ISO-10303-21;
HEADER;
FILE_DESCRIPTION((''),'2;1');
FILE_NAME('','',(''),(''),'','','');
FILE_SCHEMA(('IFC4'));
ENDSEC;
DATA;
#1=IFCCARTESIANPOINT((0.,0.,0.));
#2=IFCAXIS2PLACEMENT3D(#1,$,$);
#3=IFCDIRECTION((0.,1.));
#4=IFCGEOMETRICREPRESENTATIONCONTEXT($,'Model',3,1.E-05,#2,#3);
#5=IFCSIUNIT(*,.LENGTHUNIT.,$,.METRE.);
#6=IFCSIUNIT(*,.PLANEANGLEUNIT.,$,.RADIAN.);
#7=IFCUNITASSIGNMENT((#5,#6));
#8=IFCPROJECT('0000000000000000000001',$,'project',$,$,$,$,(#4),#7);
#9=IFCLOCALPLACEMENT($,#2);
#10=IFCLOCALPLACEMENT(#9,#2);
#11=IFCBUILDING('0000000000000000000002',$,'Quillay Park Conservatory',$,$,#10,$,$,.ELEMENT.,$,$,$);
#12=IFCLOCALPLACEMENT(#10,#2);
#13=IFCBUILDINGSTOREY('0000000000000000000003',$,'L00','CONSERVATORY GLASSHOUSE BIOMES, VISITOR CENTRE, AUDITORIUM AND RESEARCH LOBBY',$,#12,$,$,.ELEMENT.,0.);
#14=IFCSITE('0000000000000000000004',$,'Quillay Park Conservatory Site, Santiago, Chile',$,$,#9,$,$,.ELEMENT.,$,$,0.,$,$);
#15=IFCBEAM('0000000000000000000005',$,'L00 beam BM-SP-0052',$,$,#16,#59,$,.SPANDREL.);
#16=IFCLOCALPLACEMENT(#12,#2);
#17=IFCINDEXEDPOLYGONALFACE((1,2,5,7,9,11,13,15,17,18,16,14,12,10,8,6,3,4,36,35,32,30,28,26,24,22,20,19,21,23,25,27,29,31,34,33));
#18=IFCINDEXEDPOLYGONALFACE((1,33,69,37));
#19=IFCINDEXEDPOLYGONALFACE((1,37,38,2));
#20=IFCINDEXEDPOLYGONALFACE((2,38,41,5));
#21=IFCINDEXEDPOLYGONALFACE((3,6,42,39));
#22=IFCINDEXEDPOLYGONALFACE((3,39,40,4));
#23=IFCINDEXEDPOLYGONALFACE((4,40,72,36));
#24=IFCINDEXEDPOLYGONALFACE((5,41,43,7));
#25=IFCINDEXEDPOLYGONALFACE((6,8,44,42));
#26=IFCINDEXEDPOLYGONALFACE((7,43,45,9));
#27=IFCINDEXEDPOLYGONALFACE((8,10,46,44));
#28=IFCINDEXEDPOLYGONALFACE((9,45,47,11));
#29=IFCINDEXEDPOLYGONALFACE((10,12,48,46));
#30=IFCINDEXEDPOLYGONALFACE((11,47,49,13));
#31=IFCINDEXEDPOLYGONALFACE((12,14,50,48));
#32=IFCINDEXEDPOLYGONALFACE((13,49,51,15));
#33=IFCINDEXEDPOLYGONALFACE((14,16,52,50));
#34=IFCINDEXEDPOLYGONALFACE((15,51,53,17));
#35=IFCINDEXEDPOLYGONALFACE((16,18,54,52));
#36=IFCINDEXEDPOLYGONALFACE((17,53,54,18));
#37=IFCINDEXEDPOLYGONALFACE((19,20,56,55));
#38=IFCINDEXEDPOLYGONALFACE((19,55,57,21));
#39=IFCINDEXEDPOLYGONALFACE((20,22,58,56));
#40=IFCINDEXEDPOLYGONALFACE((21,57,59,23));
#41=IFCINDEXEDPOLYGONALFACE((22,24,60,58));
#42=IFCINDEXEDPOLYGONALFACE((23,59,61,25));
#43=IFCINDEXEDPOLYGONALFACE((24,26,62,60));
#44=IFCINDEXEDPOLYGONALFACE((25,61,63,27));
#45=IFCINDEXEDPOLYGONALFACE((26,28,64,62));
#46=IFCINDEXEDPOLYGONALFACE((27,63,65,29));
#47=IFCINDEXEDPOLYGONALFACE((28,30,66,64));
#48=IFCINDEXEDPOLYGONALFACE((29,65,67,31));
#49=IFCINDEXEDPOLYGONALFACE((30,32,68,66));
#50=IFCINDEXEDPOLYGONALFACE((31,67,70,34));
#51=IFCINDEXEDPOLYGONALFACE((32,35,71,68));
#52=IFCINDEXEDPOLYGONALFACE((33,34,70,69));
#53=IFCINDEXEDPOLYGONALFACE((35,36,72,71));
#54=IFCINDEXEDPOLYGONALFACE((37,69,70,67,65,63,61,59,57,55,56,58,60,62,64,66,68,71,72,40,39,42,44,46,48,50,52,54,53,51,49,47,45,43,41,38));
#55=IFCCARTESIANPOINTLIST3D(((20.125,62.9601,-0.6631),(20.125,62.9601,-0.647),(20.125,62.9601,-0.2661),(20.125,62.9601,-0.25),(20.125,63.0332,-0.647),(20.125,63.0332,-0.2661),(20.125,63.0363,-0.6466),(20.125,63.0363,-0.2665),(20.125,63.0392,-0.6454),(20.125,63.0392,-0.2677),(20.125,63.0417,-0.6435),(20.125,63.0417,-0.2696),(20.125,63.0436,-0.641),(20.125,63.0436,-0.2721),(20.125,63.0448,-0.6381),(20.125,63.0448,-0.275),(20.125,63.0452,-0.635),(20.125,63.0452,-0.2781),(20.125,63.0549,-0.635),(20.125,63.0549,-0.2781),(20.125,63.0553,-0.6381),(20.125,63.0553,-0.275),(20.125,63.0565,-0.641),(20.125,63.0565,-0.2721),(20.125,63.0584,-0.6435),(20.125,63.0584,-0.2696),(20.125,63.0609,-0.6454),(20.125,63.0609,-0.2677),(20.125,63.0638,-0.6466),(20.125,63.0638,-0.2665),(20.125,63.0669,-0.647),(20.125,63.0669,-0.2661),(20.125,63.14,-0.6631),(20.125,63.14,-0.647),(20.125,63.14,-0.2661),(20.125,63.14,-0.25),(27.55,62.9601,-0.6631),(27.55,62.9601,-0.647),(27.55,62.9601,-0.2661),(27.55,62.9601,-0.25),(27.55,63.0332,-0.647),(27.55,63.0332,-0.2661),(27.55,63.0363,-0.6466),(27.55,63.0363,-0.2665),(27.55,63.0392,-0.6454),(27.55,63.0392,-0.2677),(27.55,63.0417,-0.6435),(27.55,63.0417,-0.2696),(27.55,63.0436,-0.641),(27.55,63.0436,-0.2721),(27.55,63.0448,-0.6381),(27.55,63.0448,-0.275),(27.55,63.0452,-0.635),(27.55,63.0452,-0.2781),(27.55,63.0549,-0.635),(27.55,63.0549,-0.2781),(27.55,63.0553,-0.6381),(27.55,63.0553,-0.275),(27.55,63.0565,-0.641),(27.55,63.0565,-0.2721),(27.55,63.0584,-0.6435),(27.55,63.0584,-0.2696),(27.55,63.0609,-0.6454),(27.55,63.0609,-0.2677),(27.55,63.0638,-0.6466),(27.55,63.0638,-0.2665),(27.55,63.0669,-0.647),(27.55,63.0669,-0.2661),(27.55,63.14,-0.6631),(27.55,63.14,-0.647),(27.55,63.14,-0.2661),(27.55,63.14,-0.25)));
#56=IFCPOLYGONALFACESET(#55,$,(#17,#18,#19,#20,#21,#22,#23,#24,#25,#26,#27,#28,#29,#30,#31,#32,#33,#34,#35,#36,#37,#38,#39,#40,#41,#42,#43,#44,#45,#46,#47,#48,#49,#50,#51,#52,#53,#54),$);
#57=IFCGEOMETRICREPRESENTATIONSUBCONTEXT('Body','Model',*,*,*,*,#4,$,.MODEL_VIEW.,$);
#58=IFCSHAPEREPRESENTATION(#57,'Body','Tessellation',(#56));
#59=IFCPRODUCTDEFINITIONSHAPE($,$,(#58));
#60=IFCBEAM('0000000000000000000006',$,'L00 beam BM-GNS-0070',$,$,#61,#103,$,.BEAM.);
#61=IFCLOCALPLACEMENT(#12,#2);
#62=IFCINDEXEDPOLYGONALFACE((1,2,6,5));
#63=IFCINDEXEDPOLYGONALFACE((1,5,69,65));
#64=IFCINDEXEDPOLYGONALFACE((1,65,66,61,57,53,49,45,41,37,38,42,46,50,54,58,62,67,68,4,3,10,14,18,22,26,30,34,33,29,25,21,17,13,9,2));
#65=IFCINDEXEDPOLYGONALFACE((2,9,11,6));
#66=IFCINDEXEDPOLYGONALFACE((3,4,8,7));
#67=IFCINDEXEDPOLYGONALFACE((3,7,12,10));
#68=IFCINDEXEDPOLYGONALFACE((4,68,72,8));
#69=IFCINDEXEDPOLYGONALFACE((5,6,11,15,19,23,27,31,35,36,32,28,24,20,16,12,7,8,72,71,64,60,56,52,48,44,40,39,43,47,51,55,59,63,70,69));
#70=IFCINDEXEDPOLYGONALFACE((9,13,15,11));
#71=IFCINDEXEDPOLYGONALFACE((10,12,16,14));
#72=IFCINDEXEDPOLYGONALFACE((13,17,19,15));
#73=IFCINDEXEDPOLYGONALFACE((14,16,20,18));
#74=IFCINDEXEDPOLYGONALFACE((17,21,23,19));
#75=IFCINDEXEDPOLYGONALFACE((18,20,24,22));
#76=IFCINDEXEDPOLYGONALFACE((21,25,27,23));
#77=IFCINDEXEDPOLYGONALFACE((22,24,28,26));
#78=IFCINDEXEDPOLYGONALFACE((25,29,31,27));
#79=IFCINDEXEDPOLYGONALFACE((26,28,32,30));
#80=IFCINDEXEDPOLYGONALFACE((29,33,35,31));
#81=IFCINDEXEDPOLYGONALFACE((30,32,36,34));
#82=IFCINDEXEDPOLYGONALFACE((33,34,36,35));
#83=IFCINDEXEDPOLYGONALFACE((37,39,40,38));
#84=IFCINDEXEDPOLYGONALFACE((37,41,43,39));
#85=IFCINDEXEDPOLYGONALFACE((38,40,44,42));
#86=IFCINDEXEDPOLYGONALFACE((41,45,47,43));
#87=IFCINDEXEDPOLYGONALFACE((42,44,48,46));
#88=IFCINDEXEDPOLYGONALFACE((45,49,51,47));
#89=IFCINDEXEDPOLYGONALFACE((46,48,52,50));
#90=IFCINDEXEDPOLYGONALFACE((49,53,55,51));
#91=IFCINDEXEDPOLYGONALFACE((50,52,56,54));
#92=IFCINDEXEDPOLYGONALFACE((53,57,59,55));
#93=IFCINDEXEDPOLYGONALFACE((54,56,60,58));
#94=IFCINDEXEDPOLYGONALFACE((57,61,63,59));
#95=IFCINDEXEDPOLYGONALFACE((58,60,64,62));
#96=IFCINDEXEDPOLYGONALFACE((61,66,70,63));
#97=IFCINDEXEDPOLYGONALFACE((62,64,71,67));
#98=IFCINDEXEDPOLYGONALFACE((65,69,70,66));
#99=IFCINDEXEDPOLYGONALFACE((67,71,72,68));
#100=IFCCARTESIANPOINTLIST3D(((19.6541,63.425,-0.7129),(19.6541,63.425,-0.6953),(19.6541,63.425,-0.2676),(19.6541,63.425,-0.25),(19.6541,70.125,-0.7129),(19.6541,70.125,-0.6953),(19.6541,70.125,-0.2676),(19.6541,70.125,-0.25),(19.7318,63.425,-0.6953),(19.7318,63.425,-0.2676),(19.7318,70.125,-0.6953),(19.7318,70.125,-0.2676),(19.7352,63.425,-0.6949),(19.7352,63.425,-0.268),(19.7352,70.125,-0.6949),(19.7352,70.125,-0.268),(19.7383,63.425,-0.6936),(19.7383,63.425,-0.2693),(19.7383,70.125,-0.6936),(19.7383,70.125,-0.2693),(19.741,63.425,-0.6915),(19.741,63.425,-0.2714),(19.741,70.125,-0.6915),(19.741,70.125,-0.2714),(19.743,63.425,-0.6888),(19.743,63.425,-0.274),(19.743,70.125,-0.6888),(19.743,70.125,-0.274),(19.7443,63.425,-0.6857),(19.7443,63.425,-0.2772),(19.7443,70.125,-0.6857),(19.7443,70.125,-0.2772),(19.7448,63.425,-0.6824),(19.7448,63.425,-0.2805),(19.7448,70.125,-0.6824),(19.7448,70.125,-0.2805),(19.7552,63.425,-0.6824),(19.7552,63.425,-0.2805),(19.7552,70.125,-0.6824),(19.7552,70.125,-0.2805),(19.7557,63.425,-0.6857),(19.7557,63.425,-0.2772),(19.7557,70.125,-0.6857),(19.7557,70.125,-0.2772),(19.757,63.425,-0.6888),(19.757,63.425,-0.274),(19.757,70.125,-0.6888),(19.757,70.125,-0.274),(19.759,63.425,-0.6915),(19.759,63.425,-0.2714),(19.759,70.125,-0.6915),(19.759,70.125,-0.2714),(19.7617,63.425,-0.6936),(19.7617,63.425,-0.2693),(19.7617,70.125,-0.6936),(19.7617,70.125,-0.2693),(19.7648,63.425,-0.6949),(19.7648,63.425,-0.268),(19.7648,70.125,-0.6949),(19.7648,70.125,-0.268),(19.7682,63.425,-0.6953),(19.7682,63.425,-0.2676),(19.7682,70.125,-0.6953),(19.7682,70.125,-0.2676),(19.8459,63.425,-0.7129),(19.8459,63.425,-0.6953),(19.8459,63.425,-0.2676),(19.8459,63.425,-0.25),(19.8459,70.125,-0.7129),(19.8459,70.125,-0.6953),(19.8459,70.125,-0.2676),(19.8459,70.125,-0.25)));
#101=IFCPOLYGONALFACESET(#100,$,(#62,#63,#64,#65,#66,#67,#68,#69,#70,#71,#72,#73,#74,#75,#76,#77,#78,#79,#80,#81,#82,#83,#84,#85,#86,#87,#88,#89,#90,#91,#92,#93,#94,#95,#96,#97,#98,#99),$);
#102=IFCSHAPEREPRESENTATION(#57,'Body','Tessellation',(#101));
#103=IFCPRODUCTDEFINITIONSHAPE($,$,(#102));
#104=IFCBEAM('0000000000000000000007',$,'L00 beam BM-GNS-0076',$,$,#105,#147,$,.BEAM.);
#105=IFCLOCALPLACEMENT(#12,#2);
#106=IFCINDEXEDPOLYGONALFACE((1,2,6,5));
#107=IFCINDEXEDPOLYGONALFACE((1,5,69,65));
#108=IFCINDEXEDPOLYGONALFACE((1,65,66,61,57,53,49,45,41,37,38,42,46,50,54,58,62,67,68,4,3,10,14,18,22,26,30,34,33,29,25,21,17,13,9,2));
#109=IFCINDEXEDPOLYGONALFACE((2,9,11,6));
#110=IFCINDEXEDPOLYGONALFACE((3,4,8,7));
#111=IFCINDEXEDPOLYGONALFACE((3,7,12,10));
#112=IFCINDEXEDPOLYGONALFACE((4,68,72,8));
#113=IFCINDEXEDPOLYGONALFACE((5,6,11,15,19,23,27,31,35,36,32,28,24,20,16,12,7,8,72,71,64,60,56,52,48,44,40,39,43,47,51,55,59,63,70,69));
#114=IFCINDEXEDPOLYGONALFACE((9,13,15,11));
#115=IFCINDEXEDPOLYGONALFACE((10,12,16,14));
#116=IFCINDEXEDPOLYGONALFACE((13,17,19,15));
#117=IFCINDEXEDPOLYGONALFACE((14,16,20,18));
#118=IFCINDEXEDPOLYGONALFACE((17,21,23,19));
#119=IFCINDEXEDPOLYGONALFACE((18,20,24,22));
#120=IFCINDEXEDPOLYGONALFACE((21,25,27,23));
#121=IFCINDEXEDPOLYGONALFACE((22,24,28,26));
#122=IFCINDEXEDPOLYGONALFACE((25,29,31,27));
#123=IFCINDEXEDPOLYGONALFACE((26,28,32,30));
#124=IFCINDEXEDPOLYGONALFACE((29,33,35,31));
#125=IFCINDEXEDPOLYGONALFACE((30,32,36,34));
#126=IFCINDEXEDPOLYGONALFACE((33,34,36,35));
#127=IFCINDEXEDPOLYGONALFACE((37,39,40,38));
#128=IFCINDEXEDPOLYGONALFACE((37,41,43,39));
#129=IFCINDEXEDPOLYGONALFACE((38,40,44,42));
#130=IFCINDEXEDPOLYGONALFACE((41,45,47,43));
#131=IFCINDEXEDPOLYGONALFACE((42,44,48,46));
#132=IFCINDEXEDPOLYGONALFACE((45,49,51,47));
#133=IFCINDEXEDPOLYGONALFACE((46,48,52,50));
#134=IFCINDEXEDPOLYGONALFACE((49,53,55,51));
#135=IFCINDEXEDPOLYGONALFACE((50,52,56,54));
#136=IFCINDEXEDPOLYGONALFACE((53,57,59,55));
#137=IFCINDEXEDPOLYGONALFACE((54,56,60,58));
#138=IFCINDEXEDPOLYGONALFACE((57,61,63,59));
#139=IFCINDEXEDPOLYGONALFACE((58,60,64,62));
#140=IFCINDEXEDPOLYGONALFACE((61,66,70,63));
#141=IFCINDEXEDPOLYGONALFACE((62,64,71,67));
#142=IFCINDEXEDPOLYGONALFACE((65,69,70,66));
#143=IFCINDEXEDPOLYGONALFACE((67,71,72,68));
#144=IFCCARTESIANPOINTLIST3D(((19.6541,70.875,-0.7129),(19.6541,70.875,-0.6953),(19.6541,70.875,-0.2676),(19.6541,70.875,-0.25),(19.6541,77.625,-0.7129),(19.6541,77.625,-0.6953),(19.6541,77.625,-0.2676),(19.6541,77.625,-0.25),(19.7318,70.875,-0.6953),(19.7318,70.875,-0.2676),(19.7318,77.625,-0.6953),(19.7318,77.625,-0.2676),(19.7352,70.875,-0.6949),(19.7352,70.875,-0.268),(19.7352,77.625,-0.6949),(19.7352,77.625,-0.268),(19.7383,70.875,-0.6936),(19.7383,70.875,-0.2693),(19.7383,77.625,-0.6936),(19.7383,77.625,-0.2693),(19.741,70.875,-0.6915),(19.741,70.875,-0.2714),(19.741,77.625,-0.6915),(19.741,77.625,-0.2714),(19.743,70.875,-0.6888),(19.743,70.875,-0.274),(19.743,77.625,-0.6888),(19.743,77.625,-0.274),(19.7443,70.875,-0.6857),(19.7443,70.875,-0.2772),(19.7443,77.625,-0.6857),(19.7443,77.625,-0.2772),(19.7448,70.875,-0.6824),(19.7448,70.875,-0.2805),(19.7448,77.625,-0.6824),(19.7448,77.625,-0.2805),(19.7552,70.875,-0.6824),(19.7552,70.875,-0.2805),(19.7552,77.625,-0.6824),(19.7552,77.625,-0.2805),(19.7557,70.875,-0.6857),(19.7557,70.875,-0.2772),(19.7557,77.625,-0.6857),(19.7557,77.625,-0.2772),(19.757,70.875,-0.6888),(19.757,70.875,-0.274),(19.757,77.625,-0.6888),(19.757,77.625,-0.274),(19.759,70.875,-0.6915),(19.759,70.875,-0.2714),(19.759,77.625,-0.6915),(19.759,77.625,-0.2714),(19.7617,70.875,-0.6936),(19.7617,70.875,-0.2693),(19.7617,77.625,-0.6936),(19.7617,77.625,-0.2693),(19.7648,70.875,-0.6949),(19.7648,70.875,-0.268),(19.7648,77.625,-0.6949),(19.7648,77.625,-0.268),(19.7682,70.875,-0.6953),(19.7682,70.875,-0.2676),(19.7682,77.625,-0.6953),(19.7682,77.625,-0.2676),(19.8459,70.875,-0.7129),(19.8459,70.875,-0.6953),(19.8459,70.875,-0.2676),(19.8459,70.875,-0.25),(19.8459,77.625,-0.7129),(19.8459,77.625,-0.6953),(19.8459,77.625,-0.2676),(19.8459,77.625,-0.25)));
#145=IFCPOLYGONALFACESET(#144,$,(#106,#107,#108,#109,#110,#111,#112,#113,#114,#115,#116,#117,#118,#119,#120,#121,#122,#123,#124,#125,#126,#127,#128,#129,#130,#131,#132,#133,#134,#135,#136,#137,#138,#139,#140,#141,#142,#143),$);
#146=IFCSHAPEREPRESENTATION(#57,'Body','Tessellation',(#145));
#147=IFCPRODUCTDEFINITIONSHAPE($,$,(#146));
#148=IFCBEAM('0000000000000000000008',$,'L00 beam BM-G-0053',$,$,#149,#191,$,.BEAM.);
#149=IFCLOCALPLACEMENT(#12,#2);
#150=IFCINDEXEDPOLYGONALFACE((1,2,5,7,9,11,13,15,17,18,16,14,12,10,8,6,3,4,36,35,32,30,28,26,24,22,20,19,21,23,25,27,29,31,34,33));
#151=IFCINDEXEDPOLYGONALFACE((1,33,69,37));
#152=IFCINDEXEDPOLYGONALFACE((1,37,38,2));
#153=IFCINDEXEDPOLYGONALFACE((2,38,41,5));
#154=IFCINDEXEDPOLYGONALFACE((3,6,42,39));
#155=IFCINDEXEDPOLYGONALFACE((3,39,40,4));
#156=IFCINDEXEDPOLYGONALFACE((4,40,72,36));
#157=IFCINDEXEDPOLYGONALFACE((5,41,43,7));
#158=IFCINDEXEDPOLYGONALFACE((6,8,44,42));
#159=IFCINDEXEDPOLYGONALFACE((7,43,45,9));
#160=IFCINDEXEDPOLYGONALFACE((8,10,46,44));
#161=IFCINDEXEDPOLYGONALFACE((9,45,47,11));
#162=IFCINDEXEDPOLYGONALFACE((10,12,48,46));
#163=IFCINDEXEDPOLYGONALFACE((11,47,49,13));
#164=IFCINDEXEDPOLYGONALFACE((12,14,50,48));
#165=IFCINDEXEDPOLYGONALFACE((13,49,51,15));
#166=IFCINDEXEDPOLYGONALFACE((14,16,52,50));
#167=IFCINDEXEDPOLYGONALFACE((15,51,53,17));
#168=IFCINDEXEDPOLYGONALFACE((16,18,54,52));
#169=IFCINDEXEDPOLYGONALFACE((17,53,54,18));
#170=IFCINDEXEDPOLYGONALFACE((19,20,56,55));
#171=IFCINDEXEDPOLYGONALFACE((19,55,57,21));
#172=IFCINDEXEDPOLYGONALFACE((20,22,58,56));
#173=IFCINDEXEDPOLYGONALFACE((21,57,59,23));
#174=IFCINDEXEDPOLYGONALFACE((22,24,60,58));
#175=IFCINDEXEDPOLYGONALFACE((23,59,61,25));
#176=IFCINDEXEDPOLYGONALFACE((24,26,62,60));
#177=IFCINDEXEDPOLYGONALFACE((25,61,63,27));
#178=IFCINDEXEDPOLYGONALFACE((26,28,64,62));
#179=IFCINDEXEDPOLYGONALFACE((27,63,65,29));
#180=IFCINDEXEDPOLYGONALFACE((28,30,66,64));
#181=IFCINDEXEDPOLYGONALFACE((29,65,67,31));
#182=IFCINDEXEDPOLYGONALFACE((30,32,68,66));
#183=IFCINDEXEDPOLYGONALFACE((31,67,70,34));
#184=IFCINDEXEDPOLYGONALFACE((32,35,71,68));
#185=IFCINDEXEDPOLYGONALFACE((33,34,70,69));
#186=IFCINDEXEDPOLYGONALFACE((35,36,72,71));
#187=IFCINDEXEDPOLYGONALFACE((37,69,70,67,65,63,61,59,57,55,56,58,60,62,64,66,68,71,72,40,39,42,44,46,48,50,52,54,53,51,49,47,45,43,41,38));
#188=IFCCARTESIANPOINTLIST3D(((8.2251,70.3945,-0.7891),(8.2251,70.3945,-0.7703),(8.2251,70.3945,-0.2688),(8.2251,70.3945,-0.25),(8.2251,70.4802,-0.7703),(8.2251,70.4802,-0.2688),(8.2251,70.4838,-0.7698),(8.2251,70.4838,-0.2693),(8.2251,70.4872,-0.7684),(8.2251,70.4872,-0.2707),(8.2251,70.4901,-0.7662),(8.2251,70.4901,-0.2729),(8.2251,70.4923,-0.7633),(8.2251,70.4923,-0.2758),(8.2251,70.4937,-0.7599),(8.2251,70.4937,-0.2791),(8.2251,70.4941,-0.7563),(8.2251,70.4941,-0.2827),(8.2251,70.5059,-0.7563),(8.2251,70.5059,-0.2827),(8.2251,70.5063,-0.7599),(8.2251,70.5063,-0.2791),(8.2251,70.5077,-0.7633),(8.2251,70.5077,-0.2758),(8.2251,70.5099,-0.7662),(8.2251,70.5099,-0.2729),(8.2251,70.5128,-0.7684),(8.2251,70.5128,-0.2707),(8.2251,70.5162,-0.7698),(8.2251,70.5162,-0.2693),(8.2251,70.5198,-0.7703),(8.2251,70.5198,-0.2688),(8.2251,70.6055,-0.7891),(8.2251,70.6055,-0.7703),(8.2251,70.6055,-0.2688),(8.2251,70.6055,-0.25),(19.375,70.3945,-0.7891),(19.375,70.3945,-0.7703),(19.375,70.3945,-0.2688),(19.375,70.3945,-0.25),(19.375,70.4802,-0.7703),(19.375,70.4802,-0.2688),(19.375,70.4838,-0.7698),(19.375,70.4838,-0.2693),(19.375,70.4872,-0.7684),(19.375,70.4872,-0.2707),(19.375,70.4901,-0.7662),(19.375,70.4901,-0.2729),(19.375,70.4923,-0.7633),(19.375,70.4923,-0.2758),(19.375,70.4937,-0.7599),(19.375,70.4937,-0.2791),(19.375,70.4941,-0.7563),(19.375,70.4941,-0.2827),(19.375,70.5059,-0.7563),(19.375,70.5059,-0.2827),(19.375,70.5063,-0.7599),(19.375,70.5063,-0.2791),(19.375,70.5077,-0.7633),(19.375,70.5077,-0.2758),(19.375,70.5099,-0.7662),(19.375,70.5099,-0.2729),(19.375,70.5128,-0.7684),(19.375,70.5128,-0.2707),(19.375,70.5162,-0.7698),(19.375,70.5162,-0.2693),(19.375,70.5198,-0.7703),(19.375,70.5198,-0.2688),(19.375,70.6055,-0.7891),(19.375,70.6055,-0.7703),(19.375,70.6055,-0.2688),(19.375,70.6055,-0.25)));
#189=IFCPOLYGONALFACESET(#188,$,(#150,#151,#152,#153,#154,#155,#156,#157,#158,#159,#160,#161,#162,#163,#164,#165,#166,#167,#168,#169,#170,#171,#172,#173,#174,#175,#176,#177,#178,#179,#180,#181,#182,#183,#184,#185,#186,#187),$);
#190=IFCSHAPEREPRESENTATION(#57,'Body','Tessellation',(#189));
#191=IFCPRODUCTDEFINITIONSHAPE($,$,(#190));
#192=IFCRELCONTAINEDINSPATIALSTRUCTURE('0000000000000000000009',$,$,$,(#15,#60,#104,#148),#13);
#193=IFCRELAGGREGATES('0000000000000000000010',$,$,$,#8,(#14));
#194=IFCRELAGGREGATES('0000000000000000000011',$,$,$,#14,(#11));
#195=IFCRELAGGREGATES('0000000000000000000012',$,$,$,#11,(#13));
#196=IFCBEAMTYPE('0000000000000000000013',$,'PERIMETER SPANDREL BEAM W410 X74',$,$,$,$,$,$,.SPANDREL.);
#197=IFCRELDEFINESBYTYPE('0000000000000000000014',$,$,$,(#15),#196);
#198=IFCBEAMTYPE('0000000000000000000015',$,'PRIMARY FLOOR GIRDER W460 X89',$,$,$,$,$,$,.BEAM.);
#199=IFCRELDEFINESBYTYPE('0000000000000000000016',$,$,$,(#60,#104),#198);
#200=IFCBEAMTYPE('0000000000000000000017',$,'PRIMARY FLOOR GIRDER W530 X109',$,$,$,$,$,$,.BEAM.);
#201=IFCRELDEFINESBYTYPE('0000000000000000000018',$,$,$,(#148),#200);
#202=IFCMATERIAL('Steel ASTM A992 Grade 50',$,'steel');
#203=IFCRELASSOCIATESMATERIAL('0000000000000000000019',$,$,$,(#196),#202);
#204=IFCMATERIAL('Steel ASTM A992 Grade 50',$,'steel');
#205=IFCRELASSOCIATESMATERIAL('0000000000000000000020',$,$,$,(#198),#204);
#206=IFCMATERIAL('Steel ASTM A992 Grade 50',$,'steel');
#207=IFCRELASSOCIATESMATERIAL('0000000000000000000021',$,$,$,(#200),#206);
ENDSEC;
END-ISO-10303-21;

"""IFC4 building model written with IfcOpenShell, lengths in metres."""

from ifc_helpers import new_model, si_unit, direction, frame, origin, origin_2d, place, context, subcontext, project, spatial, i_section, extrude, material, material_profile, profile_set, type_object, element, save


model = new_model("IFC4")

# Units and contexts
model_context = context("Model", 3, precision=1e-05, world=origin(), true_north=direction((0.0, 1.0)))
body_context = subcontext(model_context, "Body", "Model", "MODEL_VIEW")
ifc_project = project(units=[si_unit("LENGTHUNIT", "METRE"), si_unit("PLANEANGLEUNIT", "RADIAN")], contexts=[model_context])

# Site, building, storey
site_placement = place(None, origin())
site = spatial("IfcSite", under=ifc_project, at=site_placement, Name="Quillay Park Conservatory Site, Santiago, Chile", CompositionType="ELEMENT", RefElevation=0.0)
building_placement = place(site_placement, origin())
building = spatial("IfcBuilding", under=site, at=building_placement, Name="Quillay Park Conservatory", CompositionType="ELEMENT")
storey_placement = place(building_placement, origin())
storey = spatial("IfcBuildingStorey", under=building, at=storey_placement, Name="L00", Description="CONSERVATORY GLASSHOUSE BIOMES, VISITOR CENTRE, AUDITORIUM AND RESEARCH LOBBY", CompositionType="ELEMENT", Elevation=0.0)

# Beams
ifc_material_1 = material(Name="Steel ASTM A992 Grade 50", Category="steel")
ifc_material_profile_1 = material_profile(ifc_material_1, i_section(OverallWidth=0.1799, OverallDepth=0.4131, WebThickness=0.0098, FlangeThickness=0.0161, FilletRadius=0.012, at=origin_2d()), Name="W410x74")
ifc_profile_set_1 = profile_set([ifc_material_profile_1], Name="Steel ASTM A992 Grade 50")
beam_type_1 = type_object("IfcBeamType", Name="PERIMETER SPANDREL BEAM W410 X74", PredefinedType="SPANDREL", material=ifc_profile_set_1)
beam_1_placement = place(storey_placement, frame((20.125, 63.05, -0.4565), z_axis=(1.0, 0.0, 0.0), x_axis=(0.0, 1.0, 0.0)))
element("IfcBeam", 1, at=beam_1_placement, inside=storey, type_object=beam_type_1, Name="L00 beam BM-SP-0052", PredefinedType="SPANDREL", context=body_context, shape_type="SweptSolid", body=[
    extrude(i_section(OverallWidth=0.1799, OverallDepth=0.4131, WebThickness=0.0098, FlangeThickness=0.0161, FilletRadius=0.012, at=origin_2d()), origin(), (0.0, 0.0, 1.0), 7.425),
])
ifc_material_2 = material(Name="Steel ASTM A992 Grade 50", Category="steel")
ifc_material_profile_2 = material_profile(ifc_material_2, i_section(OverallWidth=0.1919, OverallDepth=0.4629, WebThickness=0.0105, FlangeThickness=0.0176, FilletRadius=0.0129, at=origin_2d()), Name="W460x89")
ifc_profile_set_2 = profile_set([ifc_material_profile_2], Name="Steel ASTM A992 Grade 50")
beam_type_2 = type_object("IfcBeamType", Name="PRIMARY FLOOR GIRDER W460 X89", PredefinedType="BEAM", material=ifc_profile_set_2)
beam_2_placement = place(storey_placement, frame((19.75, 63.425, -0.4814), z_axis=(0.0, 1.0, 0.0), x_axis=(-1.0, 0.0, 0.0)))
element("IfcBeam", 2, at=beam_2_placement, inside=storey, type_object=beam_type_2, Name="L00 beam BM-GNS-0070", PredefinedType="BEAM", context=body_context, shape_type="SweptSolid", body=[
    extrude(i_section(OverallWidth=0.1919, OverallDepth=0.4629, WebThickness=0.0105, FlangeThickness=0.0176, FilletRadius=0.0129, at=origin_2d()), origin(), (0.0, 0.0, 1.0), 6.7),
])
beam_3_placement = place(storey_placement, frame((19.75, 70.875, -0.4814), z_axis=(0.0, 1.0, 0.0), x_axis=(-1.0, 0.0, 0.0)))
element("IfcBeam", 3, at=beam_3_placement, inside=storey, type_object=beam_type_2, Name="L00 beam BM-GNS-0076", PredefinedType="BEAM", context=body_context, shape_type="SweptSolid", body=[
    extrude(i_section(OverallWidth=0.1919, OverallDepth=0.4629, WebThickness=0.0105, FlangeThickness=0.0176, FilletRadius=0.0129, at=origin_2d()), origin(), (0.0, 0.0, 1.0), 6.75),
])
ifc_material_3 = material(Name="Steel ASTM A992 Grade 50", Category="steel")
ifc_material_profile_3 = material_profile(ifc_material_3, i_section(OverallWidth=0.2109, OverallDepth=0.5391, WebThickness=0.0117, FlangeThickness=0.0188, FilletRadius=0.0139, at=origin_2d()), Name="W530x109")
ifc_profile_set_3 = profile_set([ifc_material_profile_3], Name="Steel ASTM A992 Grade 50")
beam_type_3 = type_object("IfcBeamType", Name="PRIMARY FLOOR GIRDER W530 X109", PredefinedType="BEAM", material=ifc_profile_set_3)
beam_4_placement = place(storey_placement, frame((8.2251, 70.5, -0.5195), z_axis=(1.0, 0.0, 0.0), x_axis=(0.0, 1.0, 0.0)))
element("IfcBeam", 4, at=beam_4_placement, inside=storey, type_object=beam_type_3, Name="L00 beam BM-G-0053", PredefinedType="BEAM", context=body_context, shape_type="SweptSolid", body=[
    extrude(i_section(OverallWidth=0.2109, OverallDepth=0.5391, WebThickness=0.0117, FlangeThickness=0.0188, FilletRadius=0.0139, at=origin_2d()), origin(), (0.0, 0.0, 1.0), 11.1499),
])

save(model, "model.ifc")
